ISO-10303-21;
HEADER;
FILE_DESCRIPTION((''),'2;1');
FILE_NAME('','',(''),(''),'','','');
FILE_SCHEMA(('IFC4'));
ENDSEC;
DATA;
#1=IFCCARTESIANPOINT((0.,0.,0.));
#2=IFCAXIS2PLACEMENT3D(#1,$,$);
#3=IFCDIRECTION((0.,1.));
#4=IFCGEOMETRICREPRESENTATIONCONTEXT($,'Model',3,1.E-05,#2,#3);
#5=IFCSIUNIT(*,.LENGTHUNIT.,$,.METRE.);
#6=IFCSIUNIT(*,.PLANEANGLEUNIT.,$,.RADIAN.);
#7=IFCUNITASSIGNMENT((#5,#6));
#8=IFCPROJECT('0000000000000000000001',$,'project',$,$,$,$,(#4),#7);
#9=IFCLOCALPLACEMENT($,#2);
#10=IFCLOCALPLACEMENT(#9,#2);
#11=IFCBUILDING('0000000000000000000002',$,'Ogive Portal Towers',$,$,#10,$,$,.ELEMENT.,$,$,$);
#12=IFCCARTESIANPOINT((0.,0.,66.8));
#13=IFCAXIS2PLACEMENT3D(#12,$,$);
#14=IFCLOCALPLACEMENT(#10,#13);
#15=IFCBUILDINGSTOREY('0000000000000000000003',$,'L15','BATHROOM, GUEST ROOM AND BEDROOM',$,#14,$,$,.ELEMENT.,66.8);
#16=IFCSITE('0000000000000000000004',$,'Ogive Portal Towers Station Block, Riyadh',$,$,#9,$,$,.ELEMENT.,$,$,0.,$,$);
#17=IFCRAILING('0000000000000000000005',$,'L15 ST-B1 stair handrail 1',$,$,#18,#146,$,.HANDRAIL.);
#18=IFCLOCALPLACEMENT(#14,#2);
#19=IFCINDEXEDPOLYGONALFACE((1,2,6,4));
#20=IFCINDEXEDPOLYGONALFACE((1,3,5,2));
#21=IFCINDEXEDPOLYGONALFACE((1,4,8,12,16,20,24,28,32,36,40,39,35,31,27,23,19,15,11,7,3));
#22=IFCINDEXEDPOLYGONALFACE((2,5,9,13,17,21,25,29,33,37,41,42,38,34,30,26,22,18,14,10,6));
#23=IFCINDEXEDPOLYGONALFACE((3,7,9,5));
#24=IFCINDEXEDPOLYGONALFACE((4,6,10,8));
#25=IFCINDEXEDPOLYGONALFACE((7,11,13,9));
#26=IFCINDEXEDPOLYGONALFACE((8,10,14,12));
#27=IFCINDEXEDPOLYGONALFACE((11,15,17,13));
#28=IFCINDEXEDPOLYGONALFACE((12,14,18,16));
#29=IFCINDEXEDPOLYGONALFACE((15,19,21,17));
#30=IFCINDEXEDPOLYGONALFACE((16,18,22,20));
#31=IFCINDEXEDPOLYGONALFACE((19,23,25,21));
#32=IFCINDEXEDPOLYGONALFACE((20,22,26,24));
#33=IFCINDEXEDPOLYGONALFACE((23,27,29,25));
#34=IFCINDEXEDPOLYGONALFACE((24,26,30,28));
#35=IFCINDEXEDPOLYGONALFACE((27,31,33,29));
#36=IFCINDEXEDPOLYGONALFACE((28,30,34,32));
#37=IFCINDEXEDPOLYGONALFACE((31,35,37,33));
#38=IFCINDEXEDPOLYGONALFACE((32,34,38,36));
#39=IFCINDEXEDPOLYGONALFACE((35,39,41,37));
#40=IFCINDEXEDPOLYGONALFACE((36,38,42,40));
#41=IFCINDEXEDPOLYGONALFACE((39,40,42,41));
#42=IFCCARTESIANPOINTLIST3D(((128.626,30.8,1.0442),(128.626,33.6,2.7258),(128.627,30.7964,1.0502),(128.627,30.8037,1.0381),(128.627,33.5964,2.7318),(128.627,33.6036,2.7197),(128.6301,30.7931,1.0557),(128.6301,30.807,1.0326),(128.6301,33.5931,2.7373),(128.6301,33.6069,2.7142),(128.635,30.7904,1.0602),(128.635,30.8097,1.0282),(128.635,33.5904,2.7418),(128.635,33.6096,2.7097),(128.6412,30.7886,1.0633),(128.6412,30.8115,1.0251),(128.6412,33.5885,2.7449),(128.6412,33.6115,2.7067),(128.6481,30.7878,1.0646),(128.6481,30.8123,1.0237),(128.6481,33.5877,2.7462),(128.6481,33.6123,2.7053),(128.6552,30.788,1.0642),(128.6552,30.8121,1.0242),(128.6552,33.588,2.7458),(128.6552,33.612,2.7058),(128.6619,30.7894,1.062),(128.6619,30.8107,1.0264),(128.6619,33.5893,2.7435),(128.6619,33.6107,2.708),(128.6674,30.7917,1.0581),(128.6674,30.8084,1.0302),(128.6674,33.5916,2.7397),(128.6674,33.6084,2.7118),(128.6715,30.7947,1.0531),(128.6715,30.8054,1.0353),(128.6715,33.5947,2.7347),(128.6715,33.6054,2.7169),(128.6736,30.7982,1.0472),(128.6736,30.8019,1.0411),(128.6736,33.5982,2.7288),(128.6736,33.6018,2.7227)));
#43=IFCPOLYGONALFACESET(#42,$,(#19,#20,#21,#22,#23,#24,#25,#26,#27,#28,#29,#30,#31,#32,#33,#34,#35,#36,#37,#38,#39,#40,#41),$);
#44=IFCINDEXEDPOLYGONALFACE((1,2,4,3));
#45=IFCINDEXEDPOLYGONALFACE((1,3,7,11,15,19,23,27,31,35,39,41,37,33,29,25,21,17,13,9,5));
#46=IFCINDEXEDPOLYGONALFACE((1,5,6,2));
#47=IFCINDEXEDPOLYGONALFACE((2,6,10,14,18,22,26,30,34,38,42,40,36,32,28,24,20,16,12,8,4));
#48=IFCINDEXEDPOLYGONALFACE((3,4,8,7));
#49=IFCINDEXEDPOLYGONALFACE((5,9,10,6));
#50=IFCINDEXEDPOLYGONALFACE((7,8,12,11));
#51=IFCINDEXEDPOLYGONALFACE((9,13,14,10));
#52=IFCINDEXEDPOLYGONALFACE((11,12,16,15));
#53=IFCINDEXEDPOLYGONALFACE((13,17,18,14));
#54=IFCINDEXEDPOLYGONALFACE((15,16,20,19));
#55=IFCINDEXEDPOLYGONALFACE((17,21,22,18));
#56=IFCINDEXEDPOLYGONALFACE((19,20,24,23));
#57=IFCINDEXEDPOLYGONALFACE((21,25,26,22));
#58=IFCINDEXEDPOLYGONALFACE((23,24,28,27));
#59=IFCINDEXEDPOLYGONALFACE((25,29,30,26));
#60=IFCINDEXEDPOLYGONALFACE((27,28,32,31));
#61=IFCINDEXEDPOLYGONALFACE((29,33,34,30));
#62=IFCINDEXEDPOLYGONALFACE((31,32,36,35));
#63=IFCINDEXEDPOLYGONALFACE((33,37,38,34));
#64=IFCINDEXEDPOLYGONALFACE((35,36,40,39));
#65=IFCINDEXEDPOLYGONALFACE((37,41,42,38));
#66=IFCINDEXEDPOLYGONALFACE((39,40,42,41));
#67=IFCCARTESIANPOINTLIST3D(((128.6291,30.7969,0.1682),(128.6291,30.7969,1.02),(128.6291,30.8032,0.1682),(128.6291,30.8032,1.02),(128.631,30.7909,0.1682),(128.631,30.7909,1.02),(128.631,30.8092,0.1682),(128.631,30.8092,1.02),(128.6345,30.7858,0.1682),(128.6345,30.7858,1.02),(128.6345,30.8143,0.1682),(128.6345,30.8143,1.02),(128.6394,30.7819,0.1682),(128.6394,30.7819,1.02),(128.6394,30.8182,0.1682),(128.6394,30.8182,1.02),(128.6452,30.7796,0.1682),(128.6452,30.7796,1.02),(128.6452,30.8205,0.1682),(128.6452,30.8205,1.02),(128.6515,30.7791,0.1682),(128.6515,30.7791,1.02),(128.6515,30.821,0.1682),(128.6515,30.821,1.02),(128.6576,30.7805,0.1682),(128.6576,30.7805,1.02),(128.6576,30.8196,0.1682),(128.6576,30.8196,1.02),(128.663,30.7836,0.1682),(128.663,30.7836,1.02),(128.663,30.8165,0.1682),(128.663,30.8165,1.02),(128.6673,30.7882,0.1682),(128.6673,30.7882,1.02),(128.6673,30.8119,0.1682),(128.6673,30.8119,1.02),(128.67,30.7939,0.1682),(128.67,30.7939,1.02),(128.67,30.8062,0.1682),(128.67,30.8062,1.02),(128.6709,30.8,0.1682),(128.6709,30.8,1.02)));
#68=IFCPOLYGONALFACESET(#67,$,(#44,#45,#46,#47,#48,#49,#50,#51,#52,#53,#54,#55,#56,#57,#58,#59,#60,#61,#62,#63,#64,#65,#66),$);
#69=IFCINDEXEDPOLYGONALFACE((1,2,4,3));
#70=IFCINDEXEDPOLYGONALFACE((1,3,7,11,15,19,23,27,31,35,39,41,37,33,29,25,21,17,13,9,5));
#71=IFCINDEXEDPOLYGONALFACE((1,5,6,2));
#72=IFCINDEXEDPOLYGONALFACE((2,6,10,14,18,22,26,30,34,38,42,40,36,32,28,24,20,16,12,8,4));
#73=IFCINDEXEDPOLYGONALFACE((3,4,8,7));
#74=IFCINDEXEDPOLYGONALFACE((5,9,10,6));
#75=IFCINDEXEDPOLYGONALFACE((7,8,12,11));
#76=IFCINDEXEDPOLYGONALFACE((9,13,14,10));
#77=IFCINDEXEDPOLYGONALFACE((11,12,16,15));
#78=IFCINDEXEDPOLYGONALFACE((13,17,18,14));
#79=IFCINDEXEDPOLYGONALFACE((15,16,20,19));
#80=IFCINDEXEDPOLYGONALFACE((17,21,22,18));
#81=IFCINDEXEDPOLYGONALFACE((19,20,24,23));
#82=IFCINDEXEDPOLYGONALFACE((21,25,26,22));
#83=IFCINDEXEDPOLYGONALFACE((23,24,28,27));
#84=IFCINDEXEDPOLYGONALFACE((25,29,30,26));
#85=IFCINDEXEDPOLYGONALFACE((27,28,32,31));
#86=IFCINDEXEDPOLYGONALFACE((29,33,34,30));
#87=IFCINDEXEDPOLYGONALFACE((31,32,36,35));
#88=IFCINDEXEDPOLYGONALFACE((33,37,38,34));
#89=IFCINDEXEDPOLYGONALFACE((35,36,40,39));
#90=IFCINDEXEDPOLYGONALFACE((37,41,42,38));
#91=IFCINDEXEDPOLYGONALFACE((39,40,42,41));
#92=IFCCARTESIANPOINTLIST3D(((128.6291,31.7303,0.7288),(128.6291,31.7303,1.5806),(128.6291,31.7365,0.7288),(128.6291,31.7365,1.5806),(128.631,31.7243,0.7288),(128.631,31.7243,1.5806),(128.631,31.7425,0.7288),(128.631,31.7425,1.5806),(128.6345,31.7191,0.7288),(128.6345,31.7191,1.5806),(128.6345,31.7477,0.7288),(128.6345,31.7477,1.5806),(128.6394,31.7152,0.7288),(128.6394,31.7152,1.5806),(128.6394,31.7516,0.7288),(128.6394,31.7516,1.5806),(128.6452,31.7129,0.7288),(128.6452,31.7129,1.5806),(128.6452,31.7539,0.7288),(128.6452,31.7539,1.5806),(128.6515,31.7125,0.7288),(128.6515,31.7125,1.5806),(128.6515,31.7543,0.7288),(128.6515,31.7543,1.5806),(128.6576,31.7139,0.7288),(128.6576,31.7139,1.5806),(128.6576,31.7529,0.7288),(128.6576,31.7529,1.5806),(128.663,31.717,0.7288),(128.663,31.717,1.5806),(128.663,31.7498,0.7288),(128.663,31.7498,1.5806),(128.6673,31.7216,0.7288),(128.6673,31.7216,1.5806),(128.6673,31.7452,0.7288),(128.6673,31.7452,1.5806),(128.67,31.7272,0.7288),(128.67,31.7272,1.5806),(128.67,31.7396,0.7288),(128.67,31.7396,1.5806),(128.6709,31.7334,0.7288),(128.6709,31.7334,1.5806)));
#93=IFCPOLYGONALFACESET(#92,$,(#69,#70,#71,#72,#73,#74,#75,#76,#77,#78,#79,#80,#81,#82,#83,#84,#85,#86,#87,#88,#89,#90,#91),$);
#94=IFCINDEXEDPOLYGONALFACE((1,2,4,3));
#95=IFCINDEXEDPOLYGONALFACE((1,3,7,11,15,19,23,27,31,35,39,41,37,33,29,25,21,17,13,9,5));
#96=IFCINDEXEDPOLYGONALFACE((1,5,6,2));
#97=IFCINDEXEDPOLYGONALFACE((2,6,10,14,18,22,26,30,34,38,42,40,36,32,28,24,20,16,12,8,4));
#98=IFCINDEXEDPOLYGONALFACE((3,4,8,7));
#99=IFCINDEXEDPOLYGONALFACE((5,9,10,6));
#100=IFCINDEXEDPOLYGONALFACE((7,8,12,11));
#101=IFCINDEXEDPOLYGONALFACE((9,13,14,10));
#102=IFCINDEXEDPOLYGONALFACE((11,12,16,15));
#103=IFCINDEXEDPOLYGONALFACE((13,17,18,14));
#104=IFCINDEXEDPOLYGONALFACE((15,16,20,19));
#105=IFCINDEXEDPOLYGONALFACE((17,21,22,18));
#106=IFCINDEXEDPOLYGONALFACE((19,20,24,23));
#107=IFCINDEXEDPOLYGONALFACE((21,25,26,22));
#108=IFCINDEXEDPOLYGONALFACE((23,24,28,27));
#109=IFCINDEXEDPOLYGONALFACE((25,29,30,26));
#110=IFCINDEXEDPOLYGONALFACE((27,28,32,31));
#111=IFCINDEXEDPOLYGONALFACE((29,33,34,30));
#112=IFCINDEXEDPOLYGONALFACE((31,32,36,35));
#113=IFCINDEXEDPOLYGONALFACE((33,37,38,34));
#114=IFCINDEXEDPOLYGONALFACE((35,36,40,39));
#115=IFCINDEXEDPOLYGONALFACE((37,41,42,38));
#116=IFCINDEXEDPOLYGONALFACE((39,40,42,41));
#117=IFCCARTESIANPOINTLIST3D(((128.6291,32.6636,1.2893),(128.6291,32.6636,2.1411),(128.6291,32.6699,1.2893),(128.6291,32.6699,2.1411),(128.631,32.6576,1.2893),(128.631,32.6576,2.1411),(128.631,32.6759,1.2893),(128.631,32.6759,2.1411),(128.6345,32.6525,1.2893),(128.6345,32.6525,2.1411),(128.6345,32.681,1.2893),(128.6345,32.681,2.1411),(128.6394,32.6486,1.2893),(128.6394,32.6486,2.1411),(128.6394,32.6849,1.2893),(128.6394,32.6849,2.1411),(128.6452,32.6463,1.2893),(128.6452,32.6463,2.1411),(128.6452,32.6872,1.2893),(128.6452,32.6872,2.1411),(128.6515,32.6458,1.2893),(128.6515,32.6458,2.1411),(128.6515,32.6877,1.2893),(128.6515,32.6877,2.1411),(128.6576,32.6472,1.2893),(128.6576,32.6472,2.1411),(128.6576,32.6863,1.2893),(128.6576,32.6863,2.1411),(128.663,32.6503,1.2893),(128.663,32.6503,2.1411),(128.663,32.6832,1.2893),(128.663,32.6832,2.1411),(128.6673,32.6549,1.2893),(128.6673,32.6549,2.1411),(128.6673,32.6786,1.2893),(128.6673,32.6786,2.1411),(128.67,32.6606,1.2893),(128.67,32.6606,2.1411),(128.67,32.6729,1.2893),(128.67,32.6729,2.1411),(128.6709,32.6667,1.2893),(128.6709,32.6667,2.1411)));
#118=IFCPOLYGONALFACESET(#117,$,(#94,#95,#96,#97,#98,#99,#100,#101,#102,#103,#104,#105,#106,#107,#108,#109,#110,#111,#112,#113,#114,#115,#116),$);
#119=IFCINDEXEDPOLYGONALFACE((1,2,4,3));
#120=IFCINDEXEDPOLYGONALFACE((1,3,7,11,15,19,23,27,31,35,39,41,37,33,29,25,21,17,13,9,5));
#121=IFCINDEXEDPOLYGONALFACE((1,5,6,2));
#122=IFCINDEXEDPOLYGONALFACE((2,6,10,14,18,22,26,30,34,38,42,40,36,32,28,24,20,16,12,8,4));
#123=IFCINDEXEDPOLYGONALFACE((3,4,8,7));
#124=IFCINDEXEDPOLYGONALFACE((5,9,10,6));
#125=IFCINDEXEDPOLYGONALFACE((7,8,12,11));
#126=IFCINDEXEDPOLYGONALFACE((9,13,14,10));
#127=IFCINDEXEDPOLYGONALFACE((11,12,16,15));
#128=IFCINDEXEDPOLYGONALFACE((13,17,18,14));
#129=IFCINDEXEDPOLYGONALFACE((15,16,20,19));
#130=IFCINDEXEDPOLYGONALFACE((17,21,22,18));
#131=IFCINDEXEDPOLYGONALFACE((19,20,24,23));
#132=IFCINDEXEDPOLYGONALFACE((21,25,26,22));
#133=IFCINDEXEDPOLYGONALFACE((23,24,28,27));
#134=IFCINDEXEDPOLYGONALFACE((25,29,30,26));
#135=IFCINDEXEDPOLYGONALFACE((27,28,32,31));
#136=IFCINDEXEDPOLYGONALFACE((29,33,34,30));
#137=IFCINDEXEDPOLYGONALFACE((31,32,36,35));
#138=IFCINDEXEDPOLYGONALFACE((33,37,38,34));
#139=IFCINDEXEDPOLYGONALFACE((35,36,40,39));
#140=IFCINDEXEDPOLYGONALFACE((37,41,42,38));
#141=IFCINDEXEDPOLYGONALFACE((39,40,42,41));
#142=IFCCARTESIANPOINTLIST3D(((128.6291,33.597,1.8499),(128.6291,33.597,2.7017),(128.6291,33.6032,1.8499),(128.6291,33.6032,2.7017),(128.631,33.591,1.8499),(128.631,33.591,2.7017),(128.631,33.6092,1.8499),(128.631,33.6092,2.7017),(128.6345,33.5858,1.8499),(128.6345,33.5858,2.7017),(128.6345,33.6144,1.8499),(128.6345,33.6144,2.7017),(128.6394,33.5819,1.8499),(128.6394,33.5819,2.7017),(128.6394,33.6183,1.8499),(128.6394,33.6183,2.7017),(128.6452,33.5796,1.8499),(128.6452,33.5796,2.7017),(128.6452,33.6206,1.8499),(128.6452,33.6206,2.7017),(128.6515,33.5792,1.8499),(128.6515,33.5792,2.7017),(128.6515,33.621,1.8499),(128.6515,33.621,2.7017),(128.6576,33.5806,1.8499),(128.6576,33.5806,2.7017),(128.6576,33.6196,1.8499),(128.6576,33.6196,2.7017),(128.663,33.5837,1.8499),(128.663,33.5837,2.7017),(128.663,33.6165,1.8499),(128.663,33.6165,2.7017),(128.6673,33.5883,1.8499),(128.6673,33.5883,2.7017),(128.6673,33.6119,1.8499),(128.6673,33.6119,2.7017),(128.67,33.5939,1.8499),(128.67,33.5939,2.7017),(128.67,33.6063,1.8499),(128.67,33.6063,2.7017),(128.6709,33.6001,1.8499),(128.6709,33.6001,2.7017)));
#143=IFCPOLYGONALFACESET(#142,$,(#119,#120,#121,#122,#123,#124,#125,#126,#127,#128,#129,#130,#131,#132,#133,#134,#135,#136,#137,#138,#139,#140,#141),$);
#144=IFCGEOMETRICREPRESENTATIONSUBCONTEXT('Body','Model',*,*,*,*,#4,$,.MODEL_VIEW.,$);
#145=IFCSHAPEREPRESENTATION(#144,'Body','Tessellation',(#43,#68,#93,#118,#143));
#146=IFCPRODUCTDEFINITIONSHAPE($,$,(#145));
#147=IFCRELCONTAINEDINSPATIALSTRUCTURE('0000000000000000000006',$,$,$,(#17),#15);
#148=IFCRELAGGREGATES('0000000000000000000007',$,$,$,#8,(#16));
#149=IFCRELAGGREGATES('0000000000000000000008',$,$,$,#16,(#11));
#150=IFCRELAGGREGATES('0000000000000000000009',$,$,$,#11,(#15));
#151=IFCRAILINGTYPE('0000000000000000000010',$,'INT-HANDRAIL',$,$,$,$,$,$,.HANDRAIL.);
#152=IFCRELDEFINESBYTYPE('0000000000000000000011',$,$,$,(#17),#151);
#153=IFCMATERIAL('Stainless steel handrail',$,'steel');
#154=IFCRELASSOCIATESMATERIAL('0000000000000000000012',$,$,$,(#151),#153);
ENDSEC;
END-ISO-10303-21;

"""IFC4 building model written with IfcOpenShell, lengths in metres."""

from ifc_helpers import new_model, si_unit, direction, frame, origin, origin_2d, place, context, subcontext, project, spatial, circle, extrude, material, type_object, element, save


model = new_model("IFC4")

# Units and contexts
model_context = context("Model", 3, precision=1e-05, world=origin(), true_north=direction((0.0, 1.0)))
body_context = subcontext(model_context, "Body", "Model", "MODEL_VIEW")
ifc_project = project(units=[si_unit("LENGTHUNIT", "METRE"), si_unit("PLANEANGLEUNIT", "RADIAN")], contexts=[model_context])

# Site, building, storey
site_placement = place(None, origin())
site = spatial("IfcSite", under=ifc_project, at=site_placement, Name="Ogive Portal Towers Station Block, Riyadh", CompositionType="ELEMENT", RefElevation=0.0)
building_placement = place(site_placement, origin())
building = spatial("IfcBuilding", under=site, at=building_placement, Name="Ogive Portal Towers", CompositionType="ELEMENT")
storey_placement = place(building_placement, frame((0.0, 0.0, 66.8)))
storey = spatial("IfcBuildingStorey", under=building, at=storey_placement, Name="L15", Description="BATHROOM, GUEST ROOM AND BEDROOM", CompositionType="ELEMENT", Elevation=66.8)

# Railing
ifc_material_1 = material(Name="Stainless steel handrail", Category="steel")
railing_type_1 = type_object("IfcRailingType", Name="INT-HANDRAIL", PredefinedType="HANDRAIL", material=ifc_material_1)
railing_1_placement = place(storey_placement, frame((128.6499, 30.8, 0.1682)))
element("IfcRailing", 1, at=railing_1_placement, inside=storey, type_object=railing_type_1, Name="L15 ST-B1 stair handrail 1", PredefinedType="HANDRAIL", context=body_context, shape_type="SweptSolid", body=[
    extrude(circle(Radius=0.0239, at=origin_2d()), frame((0.0, 0.0, 0.876), z_axis=(0.0, 0.857275, 0.514858), x_axis=(-1.0, 0.0, 0.0)), (0.0, 0.0, 1.0), 3.2661),
    extrude(circle(Radius=0.021, at=origin_2d()), origin(), (0.0, 0.0, 1.0), 0.8518),
    extrude(circle(Radius=0.021, at=origin_2d()), frame((0.0, 0.9333, 0.5605)), (0.0, 0.0, 1.0), 0.8518),
    extrude(circle(Radius=0.021, at=origin_2d()), frame((0.0, 1.8667, 1.1211)), (0.0, 0.0, 1.0), 0.8518),
    extrude(circle(Radius=0.021, at=origin_2d()), frame((0.0, 2.8, 1.6816)), (0.0, 0.0, 1.0), 0.8518),
])

save(model, "model.ifc")
